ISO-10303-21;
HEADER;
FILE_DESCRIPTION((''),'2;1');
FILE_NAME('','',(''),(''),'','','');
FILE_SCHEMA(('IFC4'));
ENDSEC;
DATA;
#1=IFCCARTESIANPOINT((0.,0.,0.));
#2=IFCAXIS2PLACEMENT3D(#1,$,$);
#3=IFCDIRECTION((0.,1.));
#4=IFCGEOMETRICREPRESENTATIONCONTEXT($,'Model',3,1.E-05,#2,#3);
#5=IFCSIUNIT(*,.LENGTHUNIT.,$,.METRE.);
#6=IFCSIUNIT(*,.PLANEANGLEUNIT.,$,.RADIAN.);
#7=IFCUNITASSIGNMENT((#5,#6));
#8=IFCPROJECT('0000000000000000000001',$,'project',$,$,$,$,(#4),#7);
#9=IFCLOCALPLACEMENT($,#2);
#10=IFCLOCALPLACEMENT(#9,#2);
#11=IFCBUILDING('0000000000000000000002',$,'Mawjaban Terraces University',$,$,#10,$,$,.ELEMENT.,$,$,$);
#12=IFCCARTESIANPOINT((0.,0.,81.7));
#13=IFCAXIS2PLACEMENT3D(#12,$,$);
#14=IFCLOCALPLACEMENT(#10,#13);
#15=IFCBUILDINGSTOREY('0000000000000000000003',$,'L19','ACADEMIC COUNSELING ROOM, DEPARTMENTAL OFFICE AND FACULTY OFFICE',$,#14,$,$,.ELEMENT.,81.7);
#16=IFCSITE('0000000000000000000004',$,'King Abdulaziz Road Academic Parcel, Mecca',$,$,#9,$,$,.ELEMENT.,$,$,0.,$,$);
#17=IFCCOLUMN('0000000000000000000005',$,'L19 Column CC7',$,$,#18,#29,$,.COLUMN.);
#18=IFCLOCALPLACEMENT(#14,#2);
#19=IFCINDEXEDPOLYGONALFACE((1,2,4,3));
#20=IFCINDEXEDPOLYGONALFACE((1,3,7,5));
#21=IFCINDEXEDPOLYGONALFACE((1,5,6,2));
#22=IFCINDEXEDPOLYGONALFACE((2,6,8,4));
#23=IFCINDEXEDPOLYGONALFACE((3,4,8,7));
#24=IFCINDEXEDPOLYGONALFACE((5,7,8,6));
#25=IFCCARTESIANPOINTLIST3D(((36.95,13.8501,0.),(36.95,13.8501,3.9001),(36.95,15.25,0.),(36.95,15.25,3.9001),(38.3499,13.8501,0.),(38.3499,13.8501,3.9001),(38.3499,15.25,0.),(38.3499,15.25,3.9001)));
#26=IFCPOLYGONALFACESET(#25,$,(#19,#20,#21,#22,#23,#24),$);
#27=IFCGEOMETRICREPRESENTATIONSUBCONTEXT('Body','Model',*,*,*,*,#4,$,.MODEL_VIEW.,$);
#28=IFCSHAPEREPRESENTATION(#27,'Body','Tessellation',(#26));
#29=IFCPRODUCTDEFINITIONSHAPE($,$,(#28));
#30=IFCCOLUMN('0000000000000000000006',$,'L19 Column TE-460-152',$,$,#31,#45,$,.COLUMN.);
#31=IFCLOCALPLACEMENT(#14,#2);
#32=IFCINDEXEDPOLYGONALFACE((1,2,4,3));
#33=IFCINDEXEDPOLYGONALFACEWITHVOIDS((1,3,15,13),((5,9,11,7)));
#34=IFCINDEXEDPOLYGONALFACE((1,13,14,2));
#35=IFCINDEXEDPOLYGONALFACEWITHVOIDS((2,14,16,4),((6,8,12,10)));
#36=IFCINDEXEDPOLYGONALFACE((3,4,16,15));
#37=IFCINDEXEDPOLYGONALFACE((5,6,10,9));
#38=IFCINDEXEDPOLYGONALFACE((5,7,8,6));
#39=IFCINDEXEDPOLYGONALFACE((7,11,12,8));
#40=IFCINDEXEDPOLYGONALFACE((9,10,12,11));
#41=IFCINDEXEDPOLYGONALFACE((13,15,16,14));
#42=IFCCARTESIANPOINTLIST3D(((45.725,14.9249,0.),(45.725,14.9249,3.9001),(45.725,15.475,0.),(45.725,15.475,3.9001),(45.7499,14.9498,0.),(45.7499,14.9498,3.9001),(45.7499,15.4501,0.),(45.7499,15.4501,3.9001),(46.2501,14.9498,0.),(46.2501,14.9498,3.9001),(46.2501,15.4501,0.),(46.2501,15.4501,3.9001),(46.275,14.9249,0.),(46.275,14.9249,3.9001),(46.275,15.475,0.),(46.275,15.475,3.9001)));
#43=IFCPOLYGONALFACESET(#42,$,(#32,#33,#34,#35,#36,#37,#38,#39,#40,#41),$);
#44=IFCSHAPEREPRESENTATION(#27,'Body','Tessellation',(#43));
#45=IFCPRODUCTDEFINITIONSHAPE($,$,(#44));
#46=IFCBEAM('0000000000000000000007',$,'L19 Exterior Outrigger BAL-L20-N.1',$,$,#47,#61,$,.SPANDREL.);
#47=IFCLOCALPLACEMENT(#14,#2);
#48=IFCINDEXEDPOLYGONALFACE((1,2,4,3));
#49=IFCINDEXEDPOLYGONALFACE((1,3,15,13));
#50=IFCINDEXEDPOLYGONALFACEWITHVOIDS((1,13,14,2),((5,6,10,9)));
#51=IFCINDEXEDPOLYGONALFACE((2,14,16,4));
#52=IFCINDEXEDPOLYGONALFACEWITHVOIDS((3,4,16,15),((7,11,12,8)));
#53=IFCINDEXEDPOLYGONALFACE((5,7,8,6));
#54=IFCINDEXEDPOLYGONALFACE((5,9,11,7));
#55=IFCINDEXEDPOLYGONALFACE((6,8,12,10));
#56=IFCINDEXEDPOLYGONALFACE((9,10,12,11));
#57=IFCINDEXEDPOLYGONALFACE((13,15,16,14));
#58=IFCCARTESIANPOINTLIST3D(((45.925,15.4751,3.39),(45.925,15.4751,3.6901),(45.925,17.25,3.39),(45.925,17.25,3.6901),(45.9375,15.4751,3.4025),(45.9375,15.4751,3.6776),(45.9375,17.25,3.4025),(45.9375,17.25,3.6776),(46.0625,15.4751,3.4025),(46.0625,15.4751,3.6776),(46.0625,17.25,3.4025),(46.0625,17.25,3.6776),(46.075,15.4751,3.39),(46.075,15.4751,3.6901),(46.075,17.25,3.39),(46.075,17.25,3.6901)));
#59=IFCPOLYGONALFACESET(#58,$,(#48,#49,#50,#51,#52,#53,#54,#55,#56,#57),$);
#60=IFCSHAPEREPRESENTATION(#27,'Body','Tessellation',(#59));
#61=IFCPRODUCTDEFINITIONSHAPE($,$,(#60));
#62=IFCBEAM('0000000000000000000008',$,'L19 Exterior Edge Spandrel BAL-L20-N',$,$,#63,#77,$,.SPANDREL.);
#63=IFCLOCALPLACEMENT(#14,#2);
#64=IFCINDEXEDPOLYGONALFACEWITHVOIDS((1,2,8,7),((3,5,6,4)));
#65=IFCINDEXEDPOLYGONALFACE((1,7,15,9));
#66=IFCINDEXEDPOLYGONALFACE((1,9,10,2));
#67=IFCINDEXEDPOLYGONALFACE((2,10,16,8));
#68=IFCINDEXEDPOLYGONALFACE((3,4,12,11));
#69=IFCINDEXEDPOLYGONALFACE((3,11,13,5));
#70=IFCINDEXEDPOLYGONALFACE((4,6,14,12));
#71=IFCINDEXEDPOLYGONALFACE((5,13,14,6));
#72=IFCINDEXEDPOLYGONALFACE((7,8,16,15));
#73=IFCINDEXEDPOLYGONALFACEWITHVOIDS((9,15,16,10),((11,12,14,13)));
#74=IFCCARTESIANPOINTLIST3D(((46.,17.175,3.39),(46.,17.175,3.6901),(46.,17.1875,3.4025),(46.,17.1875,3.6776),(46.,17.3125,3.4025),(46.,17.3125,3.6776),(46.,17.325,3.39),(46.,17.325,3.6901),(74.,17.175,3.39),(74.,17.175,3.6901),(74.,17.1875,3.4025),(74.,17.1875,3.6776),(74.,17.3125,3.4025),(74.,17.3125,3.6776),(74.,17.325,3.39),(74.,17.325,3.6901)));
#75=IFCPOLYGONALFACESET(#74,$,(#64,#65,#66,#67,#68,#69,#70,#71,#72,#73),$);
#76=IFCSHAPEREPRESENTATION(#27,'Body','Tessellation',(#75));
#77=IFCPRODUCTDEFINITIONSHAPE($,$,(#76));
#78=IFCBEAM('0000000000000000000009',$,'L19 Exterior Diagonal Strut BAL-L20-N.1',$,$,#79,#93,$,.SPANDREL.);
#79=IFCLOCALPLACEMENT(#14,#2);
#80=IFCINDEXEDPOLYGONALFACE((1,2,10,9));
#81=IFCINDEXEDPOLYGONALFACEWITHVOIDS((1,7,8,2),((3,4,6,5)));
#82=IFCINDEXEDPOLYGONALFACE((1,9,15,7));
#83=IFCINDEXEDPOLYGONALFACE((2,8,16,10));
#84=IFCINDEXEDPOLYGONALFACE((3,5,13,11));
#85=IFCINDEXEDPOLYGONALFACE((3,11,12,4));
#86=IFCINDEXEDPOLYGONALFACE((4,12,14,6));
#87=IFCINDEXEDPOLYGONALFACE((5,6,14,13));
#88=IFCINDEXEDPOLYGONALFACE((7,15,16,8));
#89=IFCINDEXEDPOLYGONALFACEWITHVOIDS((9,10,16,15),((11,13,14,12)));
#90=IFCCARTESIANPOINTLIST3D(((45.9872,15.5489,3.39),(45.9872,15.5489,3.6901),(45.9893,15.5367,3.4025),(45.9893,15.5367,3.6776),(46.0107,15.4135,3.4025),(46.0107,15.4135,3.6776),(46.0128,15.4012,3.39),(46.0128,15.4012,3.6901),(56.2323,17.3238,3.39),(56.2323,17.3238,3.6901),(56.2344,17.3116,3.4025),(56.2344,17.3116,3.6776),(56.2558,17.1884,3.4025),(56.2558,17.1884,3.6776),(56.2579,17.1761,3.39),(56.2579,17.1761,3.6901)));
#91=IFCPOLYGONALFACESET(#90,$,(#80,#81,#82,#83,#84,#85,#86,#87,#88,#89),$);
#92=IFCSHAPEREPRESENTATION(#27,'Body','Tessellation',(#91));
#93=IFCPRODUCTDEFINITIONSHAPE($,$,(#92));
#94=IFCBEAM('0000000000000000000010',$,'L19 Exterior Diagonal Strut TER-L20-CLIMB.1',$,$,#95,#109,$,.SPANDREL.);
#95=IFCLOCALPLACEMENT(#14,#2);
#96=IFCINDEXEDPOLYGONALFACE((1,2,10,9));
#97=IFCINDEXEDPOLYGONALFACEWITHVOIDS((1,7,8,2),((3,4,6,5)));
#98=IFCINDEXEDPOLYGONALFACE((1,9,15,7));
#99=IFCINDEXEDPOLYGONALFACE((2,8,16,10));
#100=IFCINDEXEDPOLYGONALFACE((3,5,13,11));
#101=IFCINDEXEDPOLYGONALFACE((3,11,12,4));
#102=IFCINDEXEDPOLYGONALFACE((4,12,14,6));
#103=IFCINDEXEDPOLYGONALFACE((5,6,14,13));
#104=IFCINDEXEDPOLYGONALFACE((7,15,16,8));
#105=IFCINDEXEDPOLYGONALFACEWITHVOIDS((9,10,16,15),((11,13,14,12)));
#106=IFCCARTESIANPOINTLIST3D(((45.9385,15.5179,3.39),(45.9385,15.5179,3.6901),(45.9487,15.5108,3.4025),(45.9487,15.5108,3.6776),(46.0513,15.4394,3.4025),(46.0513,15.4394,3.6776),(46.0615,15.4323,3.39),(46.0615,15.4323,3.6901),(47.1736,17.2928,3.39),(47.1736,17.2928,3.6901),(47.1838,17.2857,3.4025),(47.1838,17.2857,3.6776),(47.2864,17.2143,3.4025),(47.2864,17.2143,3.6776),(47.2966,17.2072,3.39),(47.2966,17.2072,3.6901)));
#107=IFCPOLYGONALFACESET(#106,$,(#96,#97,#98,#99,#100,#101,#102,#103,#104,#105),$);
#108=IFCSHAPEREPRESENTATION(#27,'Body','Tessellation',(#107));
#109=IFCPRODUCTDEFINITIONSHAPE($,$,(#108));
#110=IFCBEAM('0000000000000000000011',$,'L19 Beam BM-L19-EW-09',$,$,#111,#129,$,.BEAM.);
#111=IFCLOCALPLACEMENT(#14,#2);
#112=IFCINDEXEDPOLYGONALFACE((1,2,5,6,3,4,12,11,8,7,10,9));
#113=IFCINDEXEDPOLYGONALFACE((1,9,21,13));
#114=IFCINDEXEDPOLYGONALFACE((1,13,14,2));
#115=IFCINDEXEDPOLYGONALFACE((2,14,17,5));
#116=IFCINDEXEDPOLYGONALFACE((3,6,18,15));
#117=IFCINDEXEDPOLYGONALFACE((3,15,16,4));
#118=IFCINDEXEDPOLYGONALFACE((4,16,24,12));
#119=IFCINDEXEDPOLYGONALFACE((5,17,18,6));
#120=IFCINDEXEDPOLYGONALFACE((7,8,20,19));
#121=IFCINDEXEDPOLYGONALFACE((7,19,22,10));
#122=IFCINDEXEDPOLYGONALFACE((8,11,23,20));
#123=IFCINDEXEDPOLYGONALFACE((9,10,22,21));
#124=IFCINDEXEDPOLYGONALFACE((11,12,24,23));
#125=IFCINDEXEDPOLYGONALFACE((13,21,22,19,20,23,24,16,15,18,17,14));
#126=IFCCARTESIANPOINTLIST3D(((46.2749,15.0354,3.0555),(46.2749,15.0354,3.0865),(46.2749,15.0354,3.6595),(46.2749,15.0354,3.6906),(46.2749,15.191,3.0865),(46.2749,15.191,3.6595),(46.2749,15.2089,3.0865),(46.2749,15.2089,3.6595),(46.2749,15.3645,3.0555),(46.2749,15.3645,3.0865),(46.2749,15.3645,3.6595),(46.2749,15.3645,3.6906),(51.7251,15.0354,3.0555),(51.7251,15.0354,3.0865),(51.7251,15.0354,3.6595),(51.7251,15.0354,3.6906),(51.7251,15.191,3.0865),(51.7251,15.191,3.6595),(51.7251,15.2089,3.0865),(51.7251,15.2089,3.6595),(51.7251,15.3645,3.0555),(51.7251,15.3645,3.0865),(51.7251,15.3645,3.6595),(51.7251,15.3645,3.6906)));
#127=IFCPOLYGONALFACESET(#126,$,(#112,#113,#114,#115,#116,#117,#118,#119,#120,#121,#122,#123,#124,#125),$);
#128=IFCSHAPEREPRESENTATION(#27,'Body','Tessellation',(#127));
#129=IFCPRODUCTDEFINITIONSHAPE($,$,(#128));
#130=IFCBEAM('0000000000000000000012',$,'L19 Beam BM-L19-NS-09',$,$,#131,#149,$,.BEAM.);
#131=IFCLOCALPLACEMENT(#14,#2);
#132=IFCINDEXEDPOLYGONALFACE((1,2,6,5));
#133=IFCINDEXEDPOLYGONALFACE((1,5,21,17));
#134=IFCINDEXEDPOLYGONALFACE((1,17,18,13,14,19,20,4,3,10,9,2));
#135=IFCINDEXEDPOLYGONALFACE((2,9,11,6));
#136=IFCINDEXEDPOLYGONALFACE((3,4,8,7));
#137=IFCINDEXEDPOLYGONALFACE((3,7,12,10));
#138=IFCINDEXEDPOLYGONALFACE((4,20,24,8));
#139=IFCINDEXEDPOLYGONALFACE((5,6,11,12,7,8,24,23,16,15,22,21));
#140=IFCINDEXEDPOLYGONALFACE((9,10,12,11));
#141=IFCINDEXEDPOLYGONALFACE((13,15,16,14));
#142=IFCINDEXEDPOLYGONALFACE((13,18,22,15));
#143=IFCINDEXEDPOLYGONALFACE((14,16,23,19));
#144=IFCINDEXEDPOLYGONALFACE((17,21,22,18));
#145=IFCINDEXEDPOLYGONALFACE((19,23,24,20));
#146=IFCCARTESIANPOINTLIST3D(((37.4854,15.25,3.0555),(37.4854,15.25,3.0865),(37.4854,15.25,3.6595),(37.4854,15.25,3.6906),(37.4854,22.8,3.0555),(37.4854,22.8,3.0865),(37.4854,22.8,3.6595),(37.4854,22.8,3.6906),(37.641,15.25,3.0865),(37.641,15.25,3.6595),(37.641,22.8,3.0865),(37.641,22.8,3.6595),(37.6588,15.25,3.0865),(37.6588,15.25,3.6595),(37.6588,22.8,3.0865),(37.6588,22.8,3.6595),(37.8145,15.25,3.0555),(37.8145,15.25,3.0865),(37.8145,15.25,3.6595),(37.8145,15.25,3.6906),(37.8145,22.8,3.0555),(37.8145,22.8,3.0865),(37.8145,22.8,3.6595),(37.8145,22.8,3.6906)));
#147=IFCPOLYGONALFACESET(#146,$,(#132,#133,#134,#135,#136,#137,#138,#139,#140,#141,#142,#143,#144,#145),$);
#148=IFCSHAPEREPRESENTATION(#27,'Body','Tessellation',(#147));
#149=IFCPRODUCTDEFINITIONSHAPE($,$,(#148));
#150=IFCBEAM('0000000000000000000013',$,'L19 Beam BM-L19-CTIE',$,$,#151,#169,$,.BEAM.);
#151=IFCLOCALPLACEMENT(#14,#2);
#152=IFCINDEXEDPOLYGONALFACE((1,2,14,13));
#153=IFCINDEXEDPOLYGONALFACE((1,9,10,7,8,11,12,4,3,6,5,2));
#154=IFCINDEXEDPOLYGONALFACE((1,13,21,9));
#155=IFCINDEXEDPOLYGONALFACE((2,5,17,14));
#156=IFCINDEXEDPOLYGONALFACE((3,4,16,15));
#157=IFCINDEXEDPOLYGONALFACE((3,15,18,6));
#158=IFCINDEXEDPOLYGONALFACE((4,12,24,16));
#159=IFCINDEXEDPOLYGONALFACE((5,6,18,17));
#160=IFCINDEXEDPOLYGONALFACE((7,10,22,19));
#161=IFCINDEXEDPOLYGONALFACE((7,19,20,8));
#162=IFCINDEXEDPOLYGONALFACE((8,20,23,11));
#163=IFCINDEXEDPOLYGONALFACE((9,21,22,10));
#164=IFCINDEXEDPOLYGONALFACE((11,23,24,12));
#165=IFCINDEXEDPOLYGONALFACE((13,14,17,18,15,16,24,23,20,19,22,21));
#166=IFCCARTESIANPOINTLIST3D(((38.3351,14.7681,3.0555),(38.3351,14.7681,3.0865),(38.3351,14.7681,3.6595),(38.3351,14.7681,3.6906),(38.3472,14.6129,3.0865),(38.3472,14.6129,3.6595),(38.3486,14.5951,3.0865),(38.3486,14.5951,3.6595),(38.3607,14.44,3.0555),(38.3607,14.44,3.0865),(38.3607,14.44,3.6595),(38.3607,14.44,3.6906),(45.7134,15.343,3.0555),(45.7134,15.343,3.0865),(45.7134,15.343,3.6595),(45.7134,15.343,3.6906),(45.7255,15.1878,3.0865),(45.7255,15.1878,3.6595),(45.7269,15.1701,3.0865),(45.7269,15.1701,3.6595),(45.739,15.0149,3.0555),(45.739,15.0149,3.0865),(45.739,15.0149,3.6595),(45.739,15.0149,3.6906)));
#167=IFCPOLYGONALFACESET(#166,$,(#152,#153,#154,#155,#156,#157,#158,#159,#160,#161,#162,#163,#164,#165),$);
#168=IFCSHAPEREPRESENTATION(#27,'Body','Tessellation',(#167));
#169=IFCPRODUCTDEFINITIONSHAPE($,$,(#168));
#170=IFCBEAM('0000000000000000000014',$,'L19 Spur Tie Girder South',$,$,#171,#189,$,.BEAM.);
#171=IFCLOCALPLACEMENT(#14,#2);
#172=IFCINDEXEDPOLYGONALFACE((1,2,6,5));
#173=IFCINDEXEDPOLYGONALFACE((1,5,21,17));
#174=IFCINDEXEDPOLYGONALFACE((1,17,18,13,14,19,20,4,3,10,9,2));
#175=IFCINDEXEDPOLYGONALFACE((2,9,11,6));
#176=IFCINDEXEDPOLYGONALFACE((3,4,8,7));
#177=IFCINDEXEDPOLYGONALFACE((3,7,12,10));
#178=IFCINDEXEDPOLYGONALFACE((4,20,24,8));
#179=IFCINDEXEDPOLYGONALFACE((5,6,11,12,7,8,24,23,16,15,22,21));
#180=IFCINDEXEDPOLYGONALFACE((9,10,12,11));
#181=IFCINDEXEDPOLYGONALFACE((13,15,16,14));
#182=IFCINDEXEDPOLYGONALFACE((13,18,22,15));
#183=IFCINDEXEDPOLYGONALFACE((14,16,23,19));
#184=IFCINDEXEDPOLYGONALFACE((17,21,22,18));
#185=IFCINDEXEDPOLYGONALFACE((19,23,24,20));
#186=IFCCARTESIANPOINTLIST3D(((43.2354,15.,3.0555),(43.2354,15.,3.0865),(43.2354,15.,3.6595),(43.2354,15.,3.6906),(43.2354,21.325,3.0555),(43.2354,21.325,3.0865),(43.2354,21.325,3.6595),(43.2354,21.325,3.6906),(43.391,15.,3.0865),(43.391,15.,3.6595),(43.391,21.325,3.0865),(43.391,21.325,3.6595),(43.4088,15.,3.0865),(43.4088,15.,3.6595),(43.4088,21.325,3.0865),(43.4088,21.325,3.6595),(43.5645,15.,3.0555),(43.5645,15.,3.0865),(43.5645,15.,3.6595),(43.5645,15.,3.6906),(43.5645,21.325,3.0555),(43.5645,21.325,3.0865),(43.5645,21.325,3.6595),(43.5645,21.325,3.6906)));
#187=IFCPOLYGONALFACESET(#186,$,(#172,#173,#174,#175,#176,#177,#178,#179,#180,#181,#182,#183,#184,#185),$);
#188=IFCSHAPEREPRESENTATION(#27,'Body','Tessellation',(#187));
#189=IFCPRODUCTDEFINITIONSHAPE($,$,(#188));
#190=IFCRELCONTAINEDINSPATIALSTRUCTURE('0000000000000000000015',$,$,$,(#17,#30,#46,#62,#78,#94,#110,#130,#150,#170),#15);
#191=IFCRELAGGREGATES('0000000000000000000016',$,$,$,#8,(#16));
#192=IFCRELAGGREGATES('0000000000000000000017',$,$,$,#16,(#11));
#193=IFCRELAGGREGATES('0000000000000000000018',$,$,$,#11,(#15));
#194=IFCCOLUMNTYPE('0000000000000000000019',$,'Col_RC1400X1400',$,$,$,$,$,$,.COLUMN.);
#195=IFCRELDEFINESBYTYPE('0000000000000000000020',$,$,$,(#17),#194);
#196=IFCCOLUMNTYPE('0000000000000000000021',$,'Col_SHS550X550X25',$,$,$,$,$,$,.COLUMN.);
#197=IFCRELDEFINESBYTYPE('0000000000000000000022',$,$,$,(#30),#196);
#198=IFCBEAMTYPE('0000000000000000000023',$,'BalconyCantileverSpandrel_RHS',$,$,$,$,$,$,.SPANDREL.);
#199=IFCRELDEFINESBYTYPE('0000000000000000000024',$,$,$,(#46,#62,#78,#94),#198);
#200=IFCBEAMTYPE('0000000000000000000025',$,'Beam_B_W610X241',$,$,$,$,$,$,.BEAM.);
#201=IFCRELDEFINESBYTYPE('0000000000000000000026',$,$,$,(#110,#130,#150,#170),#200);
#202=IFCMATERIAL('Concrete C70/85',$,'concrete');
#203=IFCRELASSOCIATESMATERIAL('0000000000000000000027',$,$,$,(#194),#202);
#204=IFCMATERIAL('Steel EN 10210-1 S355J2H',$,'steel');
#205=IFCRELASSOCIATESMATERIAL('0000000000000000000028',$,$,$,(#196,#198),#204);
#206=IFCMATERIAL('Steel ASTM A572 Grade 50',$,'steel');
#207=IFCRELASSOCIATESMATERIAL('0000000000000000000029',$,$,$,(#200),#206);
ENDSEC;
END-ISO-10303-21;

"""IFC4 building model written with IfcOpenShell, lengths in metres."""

from ifc_helpers import new_model, si_unit, direction, frame, origin, origin_2d, place, context, subcontext, project, spatial, rectangle, hollow_rectangle, i_section, extrude, material, material_profile, profile_set, type_object, element, save


model = new_model("IFC4")

# Units and contexts
model_context = context("Model", 3, precision=1e-05, world=origin(), true_north=direction((0.0, 1.0)))
body_context = subcontext(model_context, "Body", "Model", "MODEL_VIEW")
ifc_project = project(units=[si_unit("LENGTHUNIT", "METRE"), si_unit("PLANEANGLEUNIT", "RADIAN")], contexts=[model_context])

# Site, building, storey
site_placement = place(None, origin())
site = spatial("IfcSite", under=ifc_project, at=site_placement, Name="King Abdulaziz Road Academic Parcel, Mecca", CompositionType="ELEMENT", RefElevation=0.0)
building_placement = place(site_placement, origin())
building = spatial("IfcBuilding", under=site, at=building_placement, Name="Mawjaban Terraces University", CompositionType="ELEMENT")
storey_placement = place(building_placement, frame((0.0, 0.0, 81.7)))
storey = spatial("IfcBuildingStorey", under=building, at=storey_placement, Name="L19", Description="ACADEMIC COUNSELING ROOM, DEPARTMENTAL OFFICE AND FACULTY OFFICE", CompositionType="ELEMENT", Elevation=81.7)

# Columns
ifc_material_1 = material(Name="Concrete C70/85", Category="concrete")
ifc_material_profile_1 = material_profile(ifc_material_1, rectangle(XDim=1.3999, YDim=1.3999, at=origin_2d()), Name="RC1400X1400")
ifc_profile_set_1 = profile_set([ifc_material_profile_1], Name="Concrete C70/85")
column_type_1 = type_object("IfcColumnType", Name="Col_RC1400X1400", PredefinedType="COLUMN", material=ifc_profile_set_1)
column_1_placement = place(storey_placement, frame((37.6499, 14.55, 0.0), z_axis=(0.0, 0.0, 1.0), x_axis=(1.0, 0.0, 0.0)))
element("IfcColumn", 1, at=column_1_placement, inside=storey, type_object=column_type_1, Name="L19 Column CC7", PredefinedType="COLUMN", context=body_context, shape_type="SweptSolid", body=[
    extrude(rectangle(XDim=1.3999, YDim=1.3999, at=origin_2d()), origin(), (0.0, 0.0, 1.0), 3.9001),
])
ifc_material_2 = material(Name="Steel EN 10210-1 S355J2H", Category="steel")
ifc_material_profile_2 = material_profile(ifc_material_2, hollow_rectangle(XDim=0.55, YDim=0.55, WallThickness=0.0249, at=origin_2d()), Name="SHS550X550X25")
ifc_profile_set_2 = profile_set([ifc_material_profile_2], Name="Steel EN 10210-1 S355J2H")
column_type_2 = type_object("IfcColumnType", Name="Col_SHS550X550X25", PredefinedType="COLUMN", material=ifc_profile_set_2)
column_2_placement = place(storey_placement, frame((46.0, 15.2, 0.0), z_axis=(0.0, 0.0, 1.0), x_axis=(1.0, 0.0, 0.0)))
element("IfcColumn", 2, at=column_2_placement, inside=storey, type_object=column_type_2, Name="L19 Column TE-460-152", PredefinedType="COLUMN", context=body_context, shape_type="SweptSolid", body=[
    extrude(hollow_rectangle(XDim=0.55, YDim=0.55, WallThickness=0.0249, at=origin_2d()), origin(), (0.0, 0.0, 1.0), 3.9001),
])

# Beams
ifc_material_profile_3 = material_profile(ifc_material_2, hollow_rectangle(XDim=0.1499, YDim=0.3, WallThickness=0.0125, at=origin_2d()), Name="RHS300X150X12.5")
ifc_profile_set_3 = profile_set([ifc_material_profile_3], Name="Steel EN 10210-1 S355J2H")
beam_type_1 = type_object("IfcBeamType", Name="BalconyCantileverSpandrel_RHS", PredefinedType="SPANDREL", material=ifc_profile_set_3)
beam_1_placement = place(storey_placement, frame((46.0, 15.4751, 3.54), z_axis=(0.0, 1.0, 0.0), x_axis=(-1.0, 0.0, 0.0)))
element("IfcBeam", 3, at=beam_1_placement, inside=storey, type_object=beam_type_1, Name="L19 Exterior Outrigger BAL-L20-N.1", PredefinedType="SPANDREL", context=body_context, shape_type="SweptSolid", body=[
    extrude(hollow_rectangle(XDim=0.1499, YDim=0.3, WallThickness=0.0125, at=origin_2d()), origin(), (0.0, 0.0, 1.0), 1.7749),
])
beam_2_placement = place(storey_placement, frame((46.0, 17.25, 3.54), z_axis=(1.0, 0.0, 0.0), x_axis=(0.0, 1.0, 0.0)))
element("IfcBeam", 4, at=beam_2_placement, inside=storey, type_object=beam_type_1, Name="L19 Exterior Edge Spandrel BAL-L20-N", PredefinedType="SPANDREL", context=body_context, shape_type="SweptSolid", body=[
    extrude(hollow_rectangle(XDim=0.1499, YDim=0.3, WallThickness=0.0125, at=origin_2d()), origin(), (0.0, 0.0, 1.0), 28.0),
])
beam_3_placement = place(storey_placement, frame((46.0, 15.4751, 3.54), z_axis=(0.985323, 0.170701, 0.0), x_axis=(-0.170701, 0.985323, 0.0)))
element("IfcBeam", 5, at=beam_3_placement, inside=storey, type_object=beam_type_1, Name="L19 Exterior Diagonal Strut BAL-L20-N.1", PredefinedType="SPANDREL", context=body_context, shape_type="SweptSolid", body=[
    extrude(hollow_rectangle(XDim=0.1499, YDim=0.3, WallThickness=0.0125, at=origin_2d()), origin(), (0.0, 0.0, 1.0), 10.3977),
])
beam_4_placement = place(storey_placement, frame((46.0, 15.4751, 3.54), z_axis=(0.571187, 0.82082, 0.0), x_axis=(-0.82082, 0.571187, 0.0)))
element("IfcBeam", 6, at=beam_4_placement, inside=storey, type_object=beam_type_1, Name="L19 Exterior Diagonal Strut TER-L20-CLIMB.1", PredefinedType="SPANDREL", context=body_context, shape_type="SweptSolid", body=[
    extrude(hollow_rectangle(XDim=0.1499, YDim=0.3, WallThickness=0.0125, at=origin_2d()), origin(), (0.0, 0.0, 1.0), 2.1624),
])
ifc_material_3 = material(Name="Steel ASTM A572 Grade 50", Category="steel")
ifc_material_profile_4 = material_profile(ifc_material_3, i_section(OverallWidth=0.3291, OverallDepth=0.635, WebThickness=0.0178, FlangeThickness=0.031, at=origin_2d()), Name="W610X241")
ifc_profile_set_4 = profile_set([ifc_material_profile_4], Name="Steel ASTM A572 Grade 50")
beam_type_2 = type_object("IfcBeamType", Name="Beam_B_W610X241", PredefinedType="BEAM", material=ifc_profile_set_4)
beam_5_placement = place(storey_placement, frame((46.2749, 15.2, 3.373), z_axis=(1.0, 0.0, 0.0), x_axis=(0.0, 1.0, 0.0)))
element("IfcBeam", 7, at=beam_5_placement, inside=storey, type_object=beam_type_2, Name="L19 Beam BM-L19-EW-09", PredefinedType="BEAM", context=body_context, shape_type="SweptSolid", body=[
    extrude(i_section(OverallWidth=0.3291, OverallDepth=0.635, WebThickness=0.0178, FlangeThickness=0.031, at=origin_2d()), origin(), (0.0, 0.0, 1.0), 5.4502),
])
beam_6_placement = place(storey_placement, frame((37.6499, 15.25, 3.373), z_axis=(0.0, 1.0, 0.0), x_axis=(-1.0, 0.0, 0.0)))
element("IfcBeam", 8, at=beam_6_placement, inside=storey, type_object=beam_type_2, Name="L19 Beam BM-L19-NS-09", PredefinedType="BEAM", context=body_context, shape_type="SweptSolid", body=[
    extrude(i_section(OverallWidth=0.3291, OverallDepth=0.635, WebThickness=0.0178, FlangeThickness=0.031, at=origin_2d()), origin(), (0.0, 0.0, 1.0), 7.55),
])
beam_7_placement = place(storey_placement, frame((38.3479, 14.604, 3.373), z_axis=(0.996978, 0.07769, 0.0), x_axis=(-0.07769, 0.996978, 0.0)))
element("IfcBeam", 9, at=beam_7_placement, inside=storey, type_object=beam_type_2, Name="L19 Beam BM-L19-CTIE", PredefinedType="BEAM", context=body_context, shape_type="SweptSolid", body=[
    extrude(i_section(OverallWidth=0.3291, OverallDepth=0.635, WebThickness=0.0178, FlangeThickness=0.031, at=origin_2d()), origin(), (0.0, 0.0, 1.0), 7.4006),
])
beam_8_placement = place(storey_placement, frame((43.3999, 15.0, 3.373), z_axis=(0.0, 1.0, 0.0), x_axis=(-1.0, 0.0, 0.0)))
element("IfcBeam", 10, at=beam_8_placement, inside=storey, type_object=beam_type_2, Name="L19 Spur Tie Girder South", PredefinedType="BEAM", context=body_context, shape_type="SweptSolid", body=[
    extrude(i_section(OverallWidth=0.3291, OverallDepth=0.635, WebThickness=0.0178, FlangeThickness=0.031, at=origin_2d()), origin(), (0.0, 0.0, 1.0), 6.325),
])

save(model, "model.ifc")
